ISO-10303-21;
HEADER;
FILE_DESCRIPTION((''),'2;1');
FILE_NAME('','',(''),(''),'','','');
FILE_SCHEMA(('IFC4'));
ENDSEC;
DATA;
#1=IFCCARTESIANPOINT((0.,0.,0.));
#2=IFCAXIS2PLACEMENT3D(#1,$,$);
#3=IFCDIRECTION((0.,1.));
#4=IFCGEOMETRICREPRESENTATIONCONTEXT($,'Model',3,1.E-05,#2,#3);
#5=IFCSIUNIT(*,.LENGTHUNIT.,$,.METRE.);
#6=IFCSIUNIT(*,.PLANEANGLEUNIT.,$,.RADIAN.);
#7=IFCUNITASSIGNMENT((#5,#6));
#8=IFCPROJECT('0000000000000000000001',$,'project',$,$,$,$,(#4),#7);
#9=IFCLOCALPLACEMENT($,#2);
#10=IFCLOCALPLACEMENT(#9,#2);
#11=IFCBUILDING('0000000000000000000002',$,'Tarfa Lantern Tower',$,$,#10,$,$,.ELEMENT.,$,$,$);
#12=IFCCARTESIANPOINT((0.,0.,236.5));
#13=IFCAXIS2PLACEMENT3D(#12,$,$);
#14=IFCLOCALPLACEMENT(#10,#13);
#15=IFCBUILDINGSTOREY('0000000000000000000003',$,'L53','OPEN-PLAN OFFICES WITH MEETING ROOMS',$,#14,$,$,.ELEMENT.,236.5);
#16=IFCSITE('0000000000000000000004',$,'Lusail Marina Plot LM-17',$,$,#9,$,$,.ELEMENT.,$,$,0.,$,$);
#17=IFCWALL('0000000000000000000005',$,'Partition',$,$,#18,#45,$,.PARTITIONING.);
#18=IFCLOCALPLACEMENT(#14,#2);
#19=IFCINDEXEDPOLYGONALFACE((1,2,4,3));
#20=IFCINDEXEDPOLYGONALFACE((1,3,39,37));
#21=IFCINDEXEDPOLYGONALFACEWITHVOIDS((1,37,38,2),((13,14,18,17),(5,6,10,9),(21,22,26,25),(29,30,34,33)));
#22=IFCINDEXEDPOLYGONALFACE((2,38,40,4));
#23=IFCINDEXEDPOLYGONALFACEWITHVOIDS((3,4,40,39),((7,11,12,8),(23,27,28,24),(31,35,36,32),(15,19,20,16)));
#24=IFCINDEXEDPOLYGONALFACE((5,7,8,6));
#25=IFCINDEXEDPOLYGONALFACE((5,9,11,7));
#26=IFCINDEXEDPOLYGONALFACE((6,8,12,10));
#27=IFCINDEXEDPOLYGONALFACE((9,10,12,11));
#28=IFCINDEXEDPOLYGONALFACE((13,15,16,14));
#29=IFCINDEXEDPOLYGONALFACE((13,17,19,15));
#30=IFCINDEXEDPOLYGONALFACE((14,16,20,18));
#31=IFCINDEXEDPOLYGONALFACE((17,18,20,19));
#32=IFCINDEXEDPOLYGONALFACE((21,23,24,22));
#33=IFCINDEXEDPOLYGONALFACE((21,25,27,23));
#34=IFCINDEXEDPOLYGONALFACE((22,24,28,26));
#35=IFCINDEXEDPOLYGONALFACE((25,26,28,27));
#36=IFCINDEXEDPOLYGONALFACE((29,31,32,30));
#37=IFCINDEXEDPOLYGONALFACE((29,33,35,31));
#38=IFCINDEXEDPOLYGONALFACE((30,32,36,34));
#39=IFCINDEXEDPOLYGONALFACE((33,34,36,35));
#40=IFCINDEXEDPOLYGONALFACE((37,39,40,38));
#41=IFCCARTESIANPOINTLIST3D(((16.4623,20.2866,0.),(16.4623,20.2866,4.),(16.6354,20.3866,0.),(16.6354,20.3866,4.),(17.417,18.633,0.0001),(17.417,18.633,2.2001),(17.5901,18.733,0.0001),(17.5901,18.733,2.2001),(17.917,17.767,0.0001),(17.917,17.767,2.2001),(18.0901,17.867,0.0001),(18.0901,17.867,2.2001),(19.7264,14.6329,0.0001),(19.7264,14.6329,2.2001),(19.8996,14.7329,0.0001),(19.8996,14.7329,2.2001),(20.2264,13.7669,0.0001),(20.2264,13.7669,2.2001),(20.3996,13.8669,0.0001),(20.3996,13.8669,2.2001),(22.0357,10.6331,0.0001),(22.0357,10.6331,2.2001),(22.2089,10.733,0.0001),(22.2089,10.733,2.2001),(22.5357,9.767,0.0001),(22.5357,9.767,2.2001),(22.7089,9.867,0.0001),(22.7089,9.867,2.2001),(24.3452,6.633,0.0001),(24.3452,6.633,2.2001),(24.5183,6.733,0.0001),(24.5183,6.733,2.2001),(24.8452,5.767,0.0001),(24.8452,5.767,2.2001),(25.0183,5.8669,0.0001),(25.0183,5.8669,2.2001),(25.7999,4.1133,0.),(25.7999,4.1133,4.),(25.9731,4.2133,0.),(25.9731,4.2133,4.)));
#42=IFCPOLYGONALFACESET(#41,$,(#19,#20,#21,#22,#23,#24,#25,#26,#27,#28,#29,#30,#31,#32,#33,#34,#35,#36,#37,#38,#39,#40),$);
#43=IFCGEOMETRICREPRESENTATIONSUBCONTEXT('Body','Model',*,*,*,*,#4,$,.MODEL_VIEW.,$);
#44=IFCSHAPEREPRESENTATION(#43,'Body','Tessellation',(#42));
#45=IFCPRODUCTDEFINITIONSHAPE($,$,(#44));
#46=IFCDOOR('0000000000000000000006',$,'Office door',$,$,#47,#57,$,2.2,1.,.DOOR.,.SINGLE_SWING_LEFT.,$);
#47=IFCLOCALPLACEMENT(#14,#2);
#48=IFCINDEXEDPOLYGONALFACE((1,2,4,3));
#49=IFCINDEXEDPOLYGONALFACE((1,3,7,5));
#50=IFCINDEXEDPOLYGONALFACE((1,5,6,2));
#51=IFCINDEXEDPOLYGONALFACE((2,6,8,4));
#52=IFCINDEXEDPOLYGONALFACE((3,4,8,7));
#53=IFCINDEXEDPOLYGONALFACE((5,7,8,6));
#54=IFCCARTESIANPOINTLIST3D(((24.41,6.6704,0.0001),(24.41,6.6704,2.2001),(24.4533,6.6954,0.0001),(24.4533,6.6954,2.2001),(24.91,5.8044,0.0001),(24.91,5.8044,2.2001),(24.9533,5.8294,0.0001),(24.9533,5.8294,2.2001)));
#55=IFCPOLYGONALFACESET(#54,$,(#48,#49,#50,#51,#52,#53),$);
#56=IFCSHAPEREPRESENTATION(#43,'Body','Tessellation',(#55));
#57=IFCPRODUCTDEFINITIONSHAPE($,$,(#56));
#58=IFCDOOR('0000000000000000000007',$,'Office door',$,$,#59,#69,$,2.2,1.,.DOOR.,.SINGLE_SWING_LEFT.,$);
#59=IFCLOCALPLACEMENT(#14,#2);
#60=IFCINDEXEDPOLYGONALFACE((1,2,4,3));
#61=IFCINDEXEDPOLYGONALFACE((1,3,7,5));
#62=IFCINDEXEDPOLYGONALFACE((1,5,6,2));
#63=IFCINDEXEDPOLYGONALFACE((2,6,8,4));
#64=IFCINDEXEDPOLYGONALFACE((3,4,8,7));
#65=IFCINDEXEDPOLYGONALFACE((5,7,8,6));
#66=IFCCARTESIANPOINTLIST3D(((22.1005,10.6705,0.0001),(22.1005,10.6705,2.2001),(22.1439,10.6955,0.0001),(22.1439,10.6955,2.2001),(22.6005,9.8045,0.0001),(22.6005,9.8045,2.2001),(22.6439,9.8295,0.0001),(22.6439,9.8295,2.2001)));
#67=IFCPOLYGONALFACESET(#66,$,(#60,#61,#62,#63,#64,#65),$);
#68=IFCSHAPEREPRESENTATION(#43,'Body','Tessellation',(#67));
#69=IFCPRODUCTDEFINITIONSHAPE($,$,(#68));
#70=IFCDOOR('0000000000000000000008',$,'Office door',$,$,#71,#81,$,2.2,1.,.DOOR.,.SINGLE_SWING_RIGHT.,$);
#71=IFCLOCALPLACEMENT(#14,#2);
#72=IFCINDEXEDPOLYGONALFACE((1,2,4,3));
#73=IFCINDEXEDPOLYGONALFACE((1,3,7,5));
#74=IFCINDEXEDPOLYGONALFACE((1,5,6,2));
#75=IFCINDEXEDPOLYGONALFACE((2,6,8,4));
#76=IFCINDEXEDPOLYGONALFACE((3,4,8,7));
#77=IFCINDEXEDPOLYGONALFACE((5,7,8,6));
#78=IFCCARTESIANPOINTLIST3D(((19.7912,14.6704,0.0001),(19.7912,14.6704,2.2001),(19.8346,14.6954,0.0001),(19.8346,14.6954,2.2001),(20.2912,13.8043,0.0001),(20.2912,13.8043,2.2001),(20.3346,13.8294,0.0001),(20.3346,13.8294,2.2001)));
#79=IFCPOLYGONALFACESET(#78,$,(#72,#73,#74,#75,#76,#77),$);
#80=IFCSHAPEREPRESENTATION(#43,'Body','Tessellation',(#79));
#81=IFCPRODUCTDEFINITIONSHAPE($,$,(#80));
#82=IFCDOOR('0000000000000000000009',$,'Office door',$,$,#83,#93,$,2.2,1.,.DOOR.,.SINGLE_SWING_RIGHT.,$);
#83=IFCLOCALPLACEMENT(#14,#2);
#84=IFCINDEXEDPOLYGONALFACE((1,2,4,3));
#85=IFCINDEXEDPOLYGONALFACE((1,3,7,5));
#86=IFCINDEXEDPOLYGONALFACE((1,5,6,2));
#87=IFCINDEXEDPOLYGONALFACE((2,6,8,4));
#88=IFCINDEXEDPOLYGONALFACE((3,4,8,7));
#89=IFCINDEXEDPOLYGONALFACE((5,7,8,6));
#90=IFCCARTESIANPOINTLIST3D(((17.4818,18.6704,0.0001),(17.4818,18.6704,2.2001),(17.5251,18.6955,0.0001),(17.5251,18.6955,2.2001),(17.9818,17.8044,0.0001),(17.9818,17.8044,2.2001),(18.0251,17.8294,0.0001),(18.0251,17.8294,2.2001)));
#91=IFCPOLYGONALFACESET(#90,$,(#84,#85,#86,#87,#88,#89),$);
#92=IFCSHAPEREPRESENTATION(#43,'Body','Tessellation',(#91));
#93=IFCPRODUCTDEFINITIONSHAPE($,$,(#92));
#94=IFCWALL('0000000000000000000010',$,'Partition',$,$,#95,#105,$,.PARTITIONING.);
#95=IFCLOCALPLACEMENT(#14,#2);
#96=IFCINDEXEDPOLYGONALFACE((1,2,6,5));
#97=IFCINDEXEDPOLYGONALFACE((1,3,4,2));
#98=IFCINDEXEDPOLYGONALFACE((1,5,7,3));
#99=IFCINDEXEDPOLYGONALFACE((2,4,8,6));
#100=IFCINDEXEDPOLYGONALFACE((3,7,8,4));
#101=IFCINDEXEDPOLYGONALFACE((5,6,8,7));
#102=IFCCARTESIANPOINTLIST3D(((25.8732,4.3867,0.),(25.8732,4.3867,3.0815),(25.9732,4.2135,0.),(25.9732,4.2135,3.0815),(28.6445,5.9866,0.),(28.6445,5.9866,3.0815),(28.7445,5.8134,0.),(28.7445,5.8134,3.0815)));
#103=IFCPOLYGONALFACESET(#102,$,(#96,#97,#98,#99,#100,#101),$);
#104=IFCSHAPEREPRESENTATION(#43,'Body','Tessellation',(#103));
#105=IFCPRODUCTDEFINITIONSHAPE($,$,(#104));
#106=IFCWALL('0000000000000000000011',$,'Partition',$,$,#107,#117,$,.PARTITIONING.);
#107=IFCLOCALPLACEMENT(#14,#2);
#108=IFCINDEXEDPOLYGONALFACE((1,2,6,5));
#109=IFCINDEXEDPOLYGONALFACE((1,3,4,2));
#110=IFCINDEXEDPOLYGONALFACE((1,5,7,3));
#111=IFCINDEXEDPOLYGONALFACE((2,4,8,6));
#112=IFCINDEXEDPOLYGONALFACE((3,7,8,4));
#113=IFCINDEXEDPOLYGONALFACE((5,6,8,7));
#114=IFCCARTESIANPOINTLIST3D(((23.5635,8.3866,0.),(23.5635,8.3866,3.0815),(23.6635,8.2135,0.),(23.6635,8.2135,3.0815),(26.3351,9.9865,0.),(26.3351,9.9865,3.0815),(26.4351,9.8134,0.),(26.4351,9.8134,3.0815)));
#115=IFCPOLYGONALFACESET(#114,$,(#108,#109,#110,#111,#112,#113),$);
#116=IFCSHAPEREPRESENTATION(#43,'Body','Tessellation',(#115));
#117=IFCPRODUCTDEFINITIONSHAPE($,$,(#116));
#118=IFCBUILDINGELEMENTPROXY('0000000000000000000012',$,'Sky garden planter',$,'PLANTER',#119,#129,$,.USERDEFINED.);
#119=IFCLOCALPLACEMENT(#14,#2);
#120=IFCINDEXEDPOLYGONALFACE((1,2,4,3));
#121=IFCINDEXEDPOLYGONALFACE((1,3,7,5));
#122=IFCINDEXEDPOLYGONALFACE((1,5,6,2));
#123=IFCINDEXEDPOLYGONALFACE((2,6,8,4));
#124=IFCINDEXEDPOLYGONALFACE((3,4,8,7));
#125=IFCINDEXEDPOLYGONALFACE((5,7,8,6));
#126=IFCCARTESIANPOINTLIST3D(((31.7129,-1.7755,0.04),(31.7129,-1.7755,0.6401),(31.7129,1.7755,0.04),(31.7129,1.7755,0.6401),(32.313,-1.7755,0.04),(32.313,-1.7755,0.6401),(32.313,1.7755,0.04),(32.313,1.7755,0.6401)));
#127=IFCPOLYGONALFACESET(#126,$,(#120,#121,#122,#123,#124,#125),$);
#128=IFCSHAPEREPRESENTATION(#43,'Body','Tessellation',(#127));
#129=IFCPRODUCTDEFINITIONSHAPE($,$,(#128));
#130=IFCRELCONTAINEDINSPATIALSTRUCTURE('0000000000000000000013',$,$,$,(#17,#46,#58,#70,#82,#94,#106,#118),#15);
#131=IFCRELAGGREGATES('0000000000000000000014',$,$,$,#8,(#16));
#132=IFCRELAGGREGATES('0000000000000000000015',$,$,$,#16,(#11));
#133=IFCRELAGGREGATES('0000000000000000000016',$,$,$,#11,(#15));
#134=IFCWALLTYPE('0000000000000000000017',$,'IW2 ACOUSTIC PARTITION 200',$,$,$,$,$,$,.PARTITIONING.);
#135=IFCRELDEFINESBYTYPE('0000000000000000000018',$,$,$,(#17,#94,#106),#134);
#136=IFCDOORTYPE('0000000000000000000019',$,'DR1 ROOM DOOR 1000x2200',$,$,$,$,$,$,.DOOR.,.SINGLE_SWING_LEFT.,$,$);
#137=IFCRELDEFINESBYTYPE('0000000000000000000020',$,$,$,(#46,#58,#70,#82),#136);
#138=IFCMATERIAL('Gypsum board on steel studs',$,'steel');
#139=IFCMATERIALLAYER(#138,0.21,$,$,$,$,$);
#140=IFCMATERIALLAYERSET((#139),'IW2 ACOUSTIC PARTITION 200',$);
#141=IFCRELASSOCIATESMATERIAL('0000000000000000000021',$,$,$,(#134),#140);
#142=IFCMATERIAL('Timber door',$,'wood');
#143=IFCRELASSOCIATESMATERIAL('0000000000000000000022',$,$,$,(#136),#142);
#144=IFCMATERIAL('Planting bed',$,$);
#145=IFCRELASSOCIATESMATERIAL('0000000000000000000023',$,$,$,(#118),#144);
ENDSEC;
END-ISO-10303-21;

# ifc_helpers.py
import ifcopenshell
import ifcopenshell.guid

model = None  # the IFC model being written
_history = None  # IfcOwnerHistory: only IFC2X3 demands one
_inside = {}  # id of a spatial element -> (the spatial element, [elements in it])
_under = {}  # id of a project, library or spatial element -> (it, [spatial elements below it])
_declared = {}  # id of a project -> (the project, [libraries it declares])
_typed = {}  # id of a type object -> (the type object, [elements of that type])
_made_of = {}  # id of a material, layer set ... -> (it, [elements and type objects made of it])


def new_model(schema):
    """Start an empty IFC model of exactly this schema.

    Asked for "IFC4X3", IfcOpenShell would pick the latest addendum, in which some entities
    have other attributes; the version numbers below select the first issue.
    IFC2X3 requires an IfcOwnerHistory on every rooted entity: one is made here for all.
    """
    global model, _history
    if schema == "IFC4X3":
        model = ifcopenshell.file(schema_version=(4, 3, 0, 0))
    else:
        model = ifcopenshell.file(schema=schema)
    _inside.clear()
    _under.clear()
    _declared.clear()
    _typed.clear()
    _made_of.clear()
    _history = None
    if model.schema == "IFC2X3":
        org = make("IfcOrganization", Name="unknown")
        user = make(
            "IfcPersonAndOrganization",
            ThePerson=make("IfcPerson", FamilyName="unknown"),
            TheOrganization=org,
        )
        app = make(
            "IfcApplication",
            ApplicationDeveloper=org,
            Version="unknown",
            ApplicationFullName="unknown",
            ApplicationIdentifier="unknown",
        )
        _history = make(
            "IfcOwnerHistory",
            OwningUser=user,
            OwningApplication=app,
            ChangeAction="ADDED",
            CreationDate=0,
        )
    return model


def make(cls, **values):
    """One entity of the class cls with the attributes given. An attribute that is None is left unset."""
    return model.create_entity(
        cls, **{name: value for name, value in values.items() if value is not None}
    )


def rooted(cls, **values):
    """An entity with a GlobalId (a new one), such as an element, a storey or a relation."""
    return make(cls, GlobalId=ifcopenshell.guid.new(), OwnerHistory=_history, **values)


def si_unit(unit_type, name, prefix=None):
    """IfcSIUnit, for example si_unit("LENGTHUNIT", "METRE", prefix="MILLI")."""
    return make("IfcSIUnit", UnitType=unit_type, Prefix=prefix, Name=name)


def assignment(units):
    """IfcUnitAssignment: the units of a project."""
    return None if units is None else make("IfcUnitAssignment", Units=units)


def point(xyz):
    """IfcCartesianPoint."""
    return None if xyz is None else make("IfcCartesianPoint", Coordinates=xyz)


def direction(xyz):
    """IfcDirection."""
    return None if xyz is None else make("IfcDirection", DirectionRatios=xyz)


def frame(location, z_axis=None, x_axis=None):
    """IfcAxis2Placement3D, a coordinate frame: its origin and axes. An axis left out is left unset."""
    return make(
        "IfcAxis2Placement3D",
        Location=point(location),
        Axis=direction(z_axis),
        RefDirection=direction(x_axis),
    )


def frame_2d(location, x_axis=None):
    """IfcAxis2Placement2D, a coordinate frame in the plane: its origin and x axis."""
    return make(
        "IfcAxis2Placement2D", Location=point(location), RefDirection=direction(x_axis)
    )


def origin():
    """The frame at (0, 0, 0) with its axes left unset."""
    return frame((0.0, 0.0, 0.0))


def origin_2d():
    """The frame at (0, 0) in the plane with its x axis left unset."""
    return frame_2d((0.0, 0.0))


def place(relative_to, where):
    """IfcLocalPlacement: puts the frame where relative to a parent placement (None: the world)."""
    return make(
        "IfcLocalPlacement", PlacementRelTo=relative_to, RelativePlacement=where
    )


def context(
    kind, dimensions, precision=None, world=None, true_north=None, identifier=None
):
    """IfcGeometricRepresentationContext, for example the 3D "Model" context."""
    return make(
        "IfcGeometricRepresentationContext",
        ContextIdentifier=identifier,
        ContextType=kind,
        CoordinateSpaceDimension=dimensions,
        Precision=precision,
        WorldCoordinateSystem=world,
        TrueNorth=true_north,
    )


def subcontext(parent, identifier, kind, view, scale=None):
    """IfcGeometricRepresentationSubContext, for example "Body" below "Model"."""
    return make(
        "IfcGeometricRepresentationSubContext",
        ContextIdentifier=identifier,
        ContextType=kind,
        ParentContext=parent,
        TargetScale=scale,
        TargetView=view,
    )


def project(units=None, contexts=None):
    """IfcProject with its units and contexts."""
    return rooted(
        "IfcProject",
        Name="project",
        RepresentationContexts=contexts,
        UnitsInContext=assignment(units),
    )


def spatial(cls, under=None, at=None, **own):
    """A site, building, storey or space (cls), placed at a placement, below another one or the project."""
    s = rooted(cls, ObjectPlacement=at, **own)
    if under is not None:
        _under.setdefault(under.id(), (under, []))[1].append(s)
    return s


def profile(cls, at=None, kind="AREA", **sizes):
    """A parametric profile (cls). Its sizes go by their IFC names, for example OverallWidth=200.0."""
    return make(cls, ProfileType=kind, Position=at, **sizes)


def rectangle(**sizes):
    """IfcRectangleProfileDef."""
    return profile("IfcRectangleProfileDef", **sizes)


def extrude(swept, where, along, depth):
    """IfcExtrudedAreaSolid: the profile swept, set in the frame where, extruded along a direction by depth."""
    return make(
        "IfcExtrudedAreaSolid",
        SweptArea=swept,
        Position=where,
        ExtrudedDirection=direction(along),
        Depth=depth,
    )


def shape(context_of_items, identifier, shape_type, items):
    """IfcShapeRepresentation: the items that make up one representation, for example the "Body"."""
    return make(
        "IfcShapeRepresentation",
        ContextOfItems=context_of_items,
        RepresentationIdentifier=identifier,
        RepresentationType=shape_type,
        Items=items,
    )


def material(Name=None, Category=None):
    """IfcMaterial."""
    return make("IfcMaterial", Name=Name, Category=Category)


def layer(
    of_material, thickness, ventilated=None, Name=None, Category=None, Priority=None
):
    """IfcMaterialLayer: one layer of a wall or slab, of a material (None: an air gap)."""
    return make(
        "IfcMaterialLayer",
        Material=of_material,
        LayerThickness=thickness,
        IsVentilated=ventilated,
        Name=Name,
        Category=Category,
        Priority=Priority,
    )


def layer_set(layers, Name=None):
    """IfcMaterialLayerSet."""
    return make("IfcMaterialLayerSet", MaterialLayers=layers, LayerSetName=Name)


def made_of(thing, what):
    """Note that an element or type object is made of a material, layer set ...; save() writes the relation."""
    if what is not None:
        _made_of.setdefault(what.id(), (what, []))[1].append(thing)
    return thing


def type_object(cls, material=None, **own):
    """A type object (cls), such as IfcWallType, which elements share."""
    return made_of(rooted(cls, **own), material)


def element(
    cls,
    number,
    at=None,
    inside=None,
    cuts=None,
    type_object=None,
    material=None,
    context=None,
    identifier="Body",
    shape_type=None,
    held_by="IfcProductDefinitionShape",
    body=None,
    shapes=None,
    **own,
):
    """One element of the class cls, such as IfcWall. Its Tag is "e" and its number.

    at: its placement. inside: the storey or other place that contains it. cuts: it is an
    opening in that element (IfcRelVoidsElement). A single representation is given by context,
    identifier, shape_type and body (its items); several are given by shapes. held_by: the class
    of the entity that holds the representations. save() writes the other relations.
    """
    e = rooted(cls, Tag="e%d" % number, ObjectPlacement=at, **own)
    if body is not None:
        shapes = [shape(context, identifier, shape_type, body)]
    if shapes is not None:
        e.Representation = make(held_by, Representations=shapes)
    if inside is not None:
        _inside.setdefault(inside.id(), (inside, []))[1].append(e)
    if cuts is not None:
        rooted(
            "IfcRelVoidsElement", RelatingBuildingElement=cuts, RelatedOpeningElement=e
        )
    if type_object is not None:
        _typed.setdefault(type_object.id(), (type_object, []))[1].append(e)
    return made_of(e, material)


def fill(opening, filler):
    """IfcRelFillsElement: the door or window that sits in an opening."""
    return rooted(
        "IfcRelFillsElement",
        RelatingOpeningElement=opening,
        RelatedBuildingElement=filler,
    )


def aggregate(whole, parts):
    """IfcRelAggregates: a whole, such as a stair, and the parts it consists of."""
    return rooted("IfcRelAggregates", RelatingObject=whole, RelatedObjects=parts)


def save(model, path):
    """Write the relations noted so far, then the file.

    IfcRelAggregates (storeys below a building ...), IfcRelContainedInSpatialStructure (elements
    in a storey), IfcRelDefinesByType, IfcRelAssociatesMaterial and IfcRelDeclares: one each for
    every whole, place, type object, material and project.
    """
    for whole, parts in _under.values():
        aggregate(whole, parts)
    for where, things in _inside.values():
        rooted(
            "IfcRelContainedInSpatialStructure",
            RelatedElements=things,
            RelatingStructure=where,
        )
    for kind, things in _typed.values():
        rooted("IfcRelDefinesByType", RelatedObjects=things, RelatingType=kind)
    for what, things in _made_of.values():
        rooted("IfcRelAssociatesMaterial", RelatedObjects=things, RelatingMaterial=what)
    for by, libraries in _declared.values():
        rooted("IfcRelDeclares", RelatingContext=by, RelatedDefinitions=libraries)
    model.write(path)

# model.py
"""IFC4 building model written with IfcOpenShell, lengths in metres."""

from ifc_helpers import new_model, si_unit, direction, frame, frame_2d, origin, origin_2d, place, context, subcontext, project, spatial, rectangle, extrude, material, layer, layer_set, type_object, element, fill, save


model = new_model("IFC4")

# Units and contexts
model_context = context("Model", 3, precision=1e-05, world=origin(), true_north=direction((0.0, 1.0)))
body_context = subcontext(model_context, "Body", "Model", "MODEL_VIEW")
ifc_project = project(units=[si_unit("LENGTHUNIT", "METRE"), si_unit("PLANEANGLEUNIT", "RADIAN")], contexts=[model_context])

# Site, building, storey
site_placement = place(None, origin())
site = spatial("IfcSite", under=ifc_project, at=site_placement, Name="Lusail Marina Plot LM-17", CompositionType="ELEMENT", RefElevation=0.0)
building_placement = place(site_placement, origin())
building = spatial("IfcBuilding", under=site, at=building_placement, Name="Tarfa Lantern Tower", CompositionType="ELEMENT")
storey_placement = place(building_placement, frame((0.0, 0.0, 236.5)))
storey = spatial("IfcBuildingStorey", under=building, at=storey_placement, Name="L53", Description="OPEN-PLAN OFFICES WITH MEETING ROOMS", CompositionType="ELEMENT", Elevation=236.5)

# Wall, openings, doors
ifc_material_1 = material(Name="Gypsum board on steel studs", Category="steel")
ifc_layer_1 = layer(ifc_material_1, 0.21)
ifc_layer_set_1 = layer_set([ifc_layer_1], Name="IW2 ACOUSTIC PARTITION 200")
wall_type = type_object("IfcWallType", Name="IW2 ACOUSTIC PARTITION 200", PredefinedType="PARTITIONING", material=ifc_layer_set_1)
wall_1_placement = place(storey_placement, frame((25.8865, 4.1633, 0.0), z_axis=(0.0, 0.0, 1.0), x_axis=(-0.499999, 0.866026, 0.0)))
wall_1 = element("IfcWall", 1, at=wall_1_placement, inside=storey, type_object=wall_type, Name="Partition", PredefinedType="PARTITIONING", context=body_context, shape_type="SweptSolid", body=[
    extrude(rectangle(XDim=18.6753, YDim=0.2, at=frame_2d((9.3376, 0.0))), origin(), (0.0, 0.0, 1.0), 4.0),
])
opening_1_placement = place(wall_1_placement, frame((1.9094, 0.0, 0.0)))
opening_1 = element("IfcOpeningElement", 2, at=opening_1_placement, cuts=wall_1, PredefinedType="OPENING", context=body_context, shape_type="SweptSolid", body=[
    extrude(rectangle(XDim=1.0, YDim=2.2, at=frame_2d((0.5, 1.1001))), frame((0.0, 0.1099, 0.0), z_axis=(0.0, -1.0, 0.0), x_axis=(1.0, 0.0, 0.0)), (0.0, 0.0, 1.0), 0.22),
])
opening_2_placement = place(wall_1_placement, frame((6.5283, 0.0, 0.0)))
opening_2 = element("IfcOpeningElement", 3, at=opening_2_placement, cuts=wall_1, PredefinedType="OPENING", context=body_context, shape_type="SweptSolid", body=[
    extrude(rectangle(XDim=1.0, YDim=2.2, at=frame_2d((0.5, 1.1001))), frame((0.0, 0.1099, 0.0), z_axis=(0.0, -1.0, 0.0), x_axis=(1.0, 0.0, 0.0)), (0.0, 0.0, 1.0), 0.22),
])
opening_3_placement = place(wall_1_placement, frame((11.147, 0.0, 0.0)))
opening_3 = element("IfcOpeningElement", 4, at=opening_3_placement, cuts=wall_1, PredefinedType="OPENING", context=body_context, shape_type="SweptSolid", body=[
    extrude(rectangle(XDim=1.0, YDim=2.2, at=frame_2d((0.5, 1.1001))), frame((0.0, 0.1099, 0.0), z_axis=(0.0, -1.0, 0.0), x_axis=(1.0, 0.0, 0.0)), (0.0, 0.0, 1.0), 0.22),
])
opening_4_placement = place(wall_1_placement, frame((15.7659, 0.0, 0.0)))
opening_4 = element("IfcOpeningElement", 5, at=opening_4_placement, cuts=wall_1, PredefinedType="OPENING", context=body_context, shape_type="SweptSolid", body=[
    extrude(rectangle(XDim=1.0, YDim=2.2, at=frame_2d((0.5, 1.1001))), frame((0.0, 0.1099, 0.0), z_axis=(0.0, -1.0, 0.0), x_axis=(1.0, 0.0, 0.0)), (0.0, 0.0, 1.0), 0.22),
])
ifc_material_2 = material(Name="Timber door", Category="wood")
door_type = type_object("IfcDoorType", Name="DR1 ROOM DOOR 1000x2200", OperationType="SINGLE_SWING_LEFT", PredefinedType="DOOR", material=ifc_material_2)
door_1_placement = place(opening_1_placement, frame((1.0, 0.0, 0.0), z_axis=(0.0, 0.0, 1.0), x_axis=(-1.0, 0.0, 0.0)))
door_1 = element("IfcDoor", 6, at=door_1_placement, inside=storey, type_object=door_type, Name="Office door", OperationType="SINGLE_SWING_LEFT", OverallHeight=2.2, OverallWidth=1.0, PredefinedType="DOOR", context=body_context, shape_type="SweptSolid", body=[
    extrude(rectangle(XDim=1.0, YDim=2.2, at=frame_2d((0.5, 1.1001))), frame((0.0, 0.0249, 0.0), z_axis=(0.0, -1.0, 0.0), x_axis=(1.0, 0.0, 0.0)), (0.0, 0.0, 1.0), 0.05),
])
fill(opening_1, door_1)
door_2_placement = place(opening_2_placement, frame((1.0, 0.0, 0.0), z_axis=(0.0, 0.0, 1.0), x_axis=(-1.0, 0.0, 0.0)))
door_2 = element("IfcDoor", 7, at=door_2_placement, inside=storey, type_object=door_type, Name="Office door", OperationType="SINGLE_SWING_LEFT", OverallHeight=2.2, OverallWidth=1.0, PredefinedType="DOOR", context=body_context, shape_type="SweptSolid", body=[
    extrude(rectangle(XDim=1.0, YDim=2.2, at=frame_2d((0.5, 1.1001))), frame((0.0, 0.0249, 0.0), z_axis=(0.0, -1.0, 0.0), x_axis=(1.0, 0.0, 0.0)), (0.0, 0.0, 1.0), 0.05),
])
fill(opening_2, door_2)
door_3_placement = place(opening_3_placement, frame((1.0, 0.0, 0.0), z_axis=(0.0, 0.0, 1.0), x_axis=(-1.0, 0.0, 0.0)))
door_3 = element("IfcDoor", 8, at=door_3_placement, inside=storey, type_object=door_type, Name="Office door", OperationType="SINGLE_SWING_RIGHT", OverallHeight=2.2, OverallWidth=1.0, PredefinedType="DOOR", context=body_context, shape_type="SweptSolid", body=[
    extrude(rectangle(XDim=1.0, YDim=2.2, at=frame_2d((0.5, 1.1001))), frame((0.0, 0.0249, 0.0), z_axis=(0.0, -1.0, 0.0), x_axis=(1.0, 0.0, 0.0)), (0.0, 0.0, 1.0), 0.05),
])
fill(opening_3, door_3)
door_4_placement = place(opening_4_placement, frame((1.0, 0.0, 0.0), z_axis=(0.0, 0.0, 1.0), x_axis=(-1.0, 0.0, 0.0)))
door_4 = element("IfcDoor", 9, at=door_4_placement, inside=storey, type_object=door_type, Name="Office door", OperationType="SINGLE_SWING_RIGHT", OverallHeight=2.2, OverallWidth=1.0, PredefinedType="DOOR", context=body_context, shape_type="SweptSolid", body=[
    extrude(rectangle(XDim=1.0, YDim=2.2, at=frame_2d((0.5, 1.1001))), frame((0.0, 0.0249, 0.0), z_axis=(0.0, -1.0, 0.0), x_axis=(1.0, 0.0, 0.0)), (0.0, 0.0, 1.0), 0.05),
])
fill(opening_4, door_4)

# Walls
wall_2_placement = place(storey_placement, frame((25.9231, 4.3, 0.0), z_axis=(0.0, 0.0, 1.0), x_axis=(0.866042, 0.499971, 0.0)))
element("IfcWall", 10, at=wall_2_placement, inside=storey, type_object=wall_type, Name="Partition", PredefinedType="PARTITIONING", context=body_context, shape_type="SweptSolid", body=[
    extrude(rectangle(XDim=3.2, YDim=0.2, at=frame_2d((1.6001, 0.0))), origin(), (0.0, 0.0, 1.0), 3.0815),
])
wall_3_placement = place(storey_placement, frame((23.6135, 8.3, 0.0), z_axis=(0.0, 0.0, 1.0), x_axis=(0.866061, 0.499938, 0.0)))
element("IfcWall", 11, at=wall_3_placement, inside=storey, type_object=wall_type, Name="Partition", PredefinedType="PARTITIONING", context=body_context, shape_type="SweptSolid", body=[
    extrude(rectangle(XDim=3.2002, YDim=0.2, at=frame_2d((1.6001, 0.0))), origin(), (0.0, 0.0, 1.0), 3.0815),
])

# Building element proxy
ifc_material_3 = material(Name="Planting bed")
proxy_placement = place(storey_placement, frame((32.0129, 0.0, 0.04), z_axis=(0.0, 0.0, 1.0), x_axis=(0.0, 1.0, 0.0)))
element("IfcBuildingElementProxy", 12, at=proxy_placement, inside=storey, material=ifc_material_3, Name="Sky garden planter", ObjectType="PLANTER", PredefinedType="USERDEFINED", context=body_context, shape_type="SweptSolid", body=[
    extrude(rectangle(XDim=3.551, YDim=0.6001, at=origin_2d()), origin(), (0.0, 0.0, 1.0), 0.6001),
])

save(model, "model.ifc")
